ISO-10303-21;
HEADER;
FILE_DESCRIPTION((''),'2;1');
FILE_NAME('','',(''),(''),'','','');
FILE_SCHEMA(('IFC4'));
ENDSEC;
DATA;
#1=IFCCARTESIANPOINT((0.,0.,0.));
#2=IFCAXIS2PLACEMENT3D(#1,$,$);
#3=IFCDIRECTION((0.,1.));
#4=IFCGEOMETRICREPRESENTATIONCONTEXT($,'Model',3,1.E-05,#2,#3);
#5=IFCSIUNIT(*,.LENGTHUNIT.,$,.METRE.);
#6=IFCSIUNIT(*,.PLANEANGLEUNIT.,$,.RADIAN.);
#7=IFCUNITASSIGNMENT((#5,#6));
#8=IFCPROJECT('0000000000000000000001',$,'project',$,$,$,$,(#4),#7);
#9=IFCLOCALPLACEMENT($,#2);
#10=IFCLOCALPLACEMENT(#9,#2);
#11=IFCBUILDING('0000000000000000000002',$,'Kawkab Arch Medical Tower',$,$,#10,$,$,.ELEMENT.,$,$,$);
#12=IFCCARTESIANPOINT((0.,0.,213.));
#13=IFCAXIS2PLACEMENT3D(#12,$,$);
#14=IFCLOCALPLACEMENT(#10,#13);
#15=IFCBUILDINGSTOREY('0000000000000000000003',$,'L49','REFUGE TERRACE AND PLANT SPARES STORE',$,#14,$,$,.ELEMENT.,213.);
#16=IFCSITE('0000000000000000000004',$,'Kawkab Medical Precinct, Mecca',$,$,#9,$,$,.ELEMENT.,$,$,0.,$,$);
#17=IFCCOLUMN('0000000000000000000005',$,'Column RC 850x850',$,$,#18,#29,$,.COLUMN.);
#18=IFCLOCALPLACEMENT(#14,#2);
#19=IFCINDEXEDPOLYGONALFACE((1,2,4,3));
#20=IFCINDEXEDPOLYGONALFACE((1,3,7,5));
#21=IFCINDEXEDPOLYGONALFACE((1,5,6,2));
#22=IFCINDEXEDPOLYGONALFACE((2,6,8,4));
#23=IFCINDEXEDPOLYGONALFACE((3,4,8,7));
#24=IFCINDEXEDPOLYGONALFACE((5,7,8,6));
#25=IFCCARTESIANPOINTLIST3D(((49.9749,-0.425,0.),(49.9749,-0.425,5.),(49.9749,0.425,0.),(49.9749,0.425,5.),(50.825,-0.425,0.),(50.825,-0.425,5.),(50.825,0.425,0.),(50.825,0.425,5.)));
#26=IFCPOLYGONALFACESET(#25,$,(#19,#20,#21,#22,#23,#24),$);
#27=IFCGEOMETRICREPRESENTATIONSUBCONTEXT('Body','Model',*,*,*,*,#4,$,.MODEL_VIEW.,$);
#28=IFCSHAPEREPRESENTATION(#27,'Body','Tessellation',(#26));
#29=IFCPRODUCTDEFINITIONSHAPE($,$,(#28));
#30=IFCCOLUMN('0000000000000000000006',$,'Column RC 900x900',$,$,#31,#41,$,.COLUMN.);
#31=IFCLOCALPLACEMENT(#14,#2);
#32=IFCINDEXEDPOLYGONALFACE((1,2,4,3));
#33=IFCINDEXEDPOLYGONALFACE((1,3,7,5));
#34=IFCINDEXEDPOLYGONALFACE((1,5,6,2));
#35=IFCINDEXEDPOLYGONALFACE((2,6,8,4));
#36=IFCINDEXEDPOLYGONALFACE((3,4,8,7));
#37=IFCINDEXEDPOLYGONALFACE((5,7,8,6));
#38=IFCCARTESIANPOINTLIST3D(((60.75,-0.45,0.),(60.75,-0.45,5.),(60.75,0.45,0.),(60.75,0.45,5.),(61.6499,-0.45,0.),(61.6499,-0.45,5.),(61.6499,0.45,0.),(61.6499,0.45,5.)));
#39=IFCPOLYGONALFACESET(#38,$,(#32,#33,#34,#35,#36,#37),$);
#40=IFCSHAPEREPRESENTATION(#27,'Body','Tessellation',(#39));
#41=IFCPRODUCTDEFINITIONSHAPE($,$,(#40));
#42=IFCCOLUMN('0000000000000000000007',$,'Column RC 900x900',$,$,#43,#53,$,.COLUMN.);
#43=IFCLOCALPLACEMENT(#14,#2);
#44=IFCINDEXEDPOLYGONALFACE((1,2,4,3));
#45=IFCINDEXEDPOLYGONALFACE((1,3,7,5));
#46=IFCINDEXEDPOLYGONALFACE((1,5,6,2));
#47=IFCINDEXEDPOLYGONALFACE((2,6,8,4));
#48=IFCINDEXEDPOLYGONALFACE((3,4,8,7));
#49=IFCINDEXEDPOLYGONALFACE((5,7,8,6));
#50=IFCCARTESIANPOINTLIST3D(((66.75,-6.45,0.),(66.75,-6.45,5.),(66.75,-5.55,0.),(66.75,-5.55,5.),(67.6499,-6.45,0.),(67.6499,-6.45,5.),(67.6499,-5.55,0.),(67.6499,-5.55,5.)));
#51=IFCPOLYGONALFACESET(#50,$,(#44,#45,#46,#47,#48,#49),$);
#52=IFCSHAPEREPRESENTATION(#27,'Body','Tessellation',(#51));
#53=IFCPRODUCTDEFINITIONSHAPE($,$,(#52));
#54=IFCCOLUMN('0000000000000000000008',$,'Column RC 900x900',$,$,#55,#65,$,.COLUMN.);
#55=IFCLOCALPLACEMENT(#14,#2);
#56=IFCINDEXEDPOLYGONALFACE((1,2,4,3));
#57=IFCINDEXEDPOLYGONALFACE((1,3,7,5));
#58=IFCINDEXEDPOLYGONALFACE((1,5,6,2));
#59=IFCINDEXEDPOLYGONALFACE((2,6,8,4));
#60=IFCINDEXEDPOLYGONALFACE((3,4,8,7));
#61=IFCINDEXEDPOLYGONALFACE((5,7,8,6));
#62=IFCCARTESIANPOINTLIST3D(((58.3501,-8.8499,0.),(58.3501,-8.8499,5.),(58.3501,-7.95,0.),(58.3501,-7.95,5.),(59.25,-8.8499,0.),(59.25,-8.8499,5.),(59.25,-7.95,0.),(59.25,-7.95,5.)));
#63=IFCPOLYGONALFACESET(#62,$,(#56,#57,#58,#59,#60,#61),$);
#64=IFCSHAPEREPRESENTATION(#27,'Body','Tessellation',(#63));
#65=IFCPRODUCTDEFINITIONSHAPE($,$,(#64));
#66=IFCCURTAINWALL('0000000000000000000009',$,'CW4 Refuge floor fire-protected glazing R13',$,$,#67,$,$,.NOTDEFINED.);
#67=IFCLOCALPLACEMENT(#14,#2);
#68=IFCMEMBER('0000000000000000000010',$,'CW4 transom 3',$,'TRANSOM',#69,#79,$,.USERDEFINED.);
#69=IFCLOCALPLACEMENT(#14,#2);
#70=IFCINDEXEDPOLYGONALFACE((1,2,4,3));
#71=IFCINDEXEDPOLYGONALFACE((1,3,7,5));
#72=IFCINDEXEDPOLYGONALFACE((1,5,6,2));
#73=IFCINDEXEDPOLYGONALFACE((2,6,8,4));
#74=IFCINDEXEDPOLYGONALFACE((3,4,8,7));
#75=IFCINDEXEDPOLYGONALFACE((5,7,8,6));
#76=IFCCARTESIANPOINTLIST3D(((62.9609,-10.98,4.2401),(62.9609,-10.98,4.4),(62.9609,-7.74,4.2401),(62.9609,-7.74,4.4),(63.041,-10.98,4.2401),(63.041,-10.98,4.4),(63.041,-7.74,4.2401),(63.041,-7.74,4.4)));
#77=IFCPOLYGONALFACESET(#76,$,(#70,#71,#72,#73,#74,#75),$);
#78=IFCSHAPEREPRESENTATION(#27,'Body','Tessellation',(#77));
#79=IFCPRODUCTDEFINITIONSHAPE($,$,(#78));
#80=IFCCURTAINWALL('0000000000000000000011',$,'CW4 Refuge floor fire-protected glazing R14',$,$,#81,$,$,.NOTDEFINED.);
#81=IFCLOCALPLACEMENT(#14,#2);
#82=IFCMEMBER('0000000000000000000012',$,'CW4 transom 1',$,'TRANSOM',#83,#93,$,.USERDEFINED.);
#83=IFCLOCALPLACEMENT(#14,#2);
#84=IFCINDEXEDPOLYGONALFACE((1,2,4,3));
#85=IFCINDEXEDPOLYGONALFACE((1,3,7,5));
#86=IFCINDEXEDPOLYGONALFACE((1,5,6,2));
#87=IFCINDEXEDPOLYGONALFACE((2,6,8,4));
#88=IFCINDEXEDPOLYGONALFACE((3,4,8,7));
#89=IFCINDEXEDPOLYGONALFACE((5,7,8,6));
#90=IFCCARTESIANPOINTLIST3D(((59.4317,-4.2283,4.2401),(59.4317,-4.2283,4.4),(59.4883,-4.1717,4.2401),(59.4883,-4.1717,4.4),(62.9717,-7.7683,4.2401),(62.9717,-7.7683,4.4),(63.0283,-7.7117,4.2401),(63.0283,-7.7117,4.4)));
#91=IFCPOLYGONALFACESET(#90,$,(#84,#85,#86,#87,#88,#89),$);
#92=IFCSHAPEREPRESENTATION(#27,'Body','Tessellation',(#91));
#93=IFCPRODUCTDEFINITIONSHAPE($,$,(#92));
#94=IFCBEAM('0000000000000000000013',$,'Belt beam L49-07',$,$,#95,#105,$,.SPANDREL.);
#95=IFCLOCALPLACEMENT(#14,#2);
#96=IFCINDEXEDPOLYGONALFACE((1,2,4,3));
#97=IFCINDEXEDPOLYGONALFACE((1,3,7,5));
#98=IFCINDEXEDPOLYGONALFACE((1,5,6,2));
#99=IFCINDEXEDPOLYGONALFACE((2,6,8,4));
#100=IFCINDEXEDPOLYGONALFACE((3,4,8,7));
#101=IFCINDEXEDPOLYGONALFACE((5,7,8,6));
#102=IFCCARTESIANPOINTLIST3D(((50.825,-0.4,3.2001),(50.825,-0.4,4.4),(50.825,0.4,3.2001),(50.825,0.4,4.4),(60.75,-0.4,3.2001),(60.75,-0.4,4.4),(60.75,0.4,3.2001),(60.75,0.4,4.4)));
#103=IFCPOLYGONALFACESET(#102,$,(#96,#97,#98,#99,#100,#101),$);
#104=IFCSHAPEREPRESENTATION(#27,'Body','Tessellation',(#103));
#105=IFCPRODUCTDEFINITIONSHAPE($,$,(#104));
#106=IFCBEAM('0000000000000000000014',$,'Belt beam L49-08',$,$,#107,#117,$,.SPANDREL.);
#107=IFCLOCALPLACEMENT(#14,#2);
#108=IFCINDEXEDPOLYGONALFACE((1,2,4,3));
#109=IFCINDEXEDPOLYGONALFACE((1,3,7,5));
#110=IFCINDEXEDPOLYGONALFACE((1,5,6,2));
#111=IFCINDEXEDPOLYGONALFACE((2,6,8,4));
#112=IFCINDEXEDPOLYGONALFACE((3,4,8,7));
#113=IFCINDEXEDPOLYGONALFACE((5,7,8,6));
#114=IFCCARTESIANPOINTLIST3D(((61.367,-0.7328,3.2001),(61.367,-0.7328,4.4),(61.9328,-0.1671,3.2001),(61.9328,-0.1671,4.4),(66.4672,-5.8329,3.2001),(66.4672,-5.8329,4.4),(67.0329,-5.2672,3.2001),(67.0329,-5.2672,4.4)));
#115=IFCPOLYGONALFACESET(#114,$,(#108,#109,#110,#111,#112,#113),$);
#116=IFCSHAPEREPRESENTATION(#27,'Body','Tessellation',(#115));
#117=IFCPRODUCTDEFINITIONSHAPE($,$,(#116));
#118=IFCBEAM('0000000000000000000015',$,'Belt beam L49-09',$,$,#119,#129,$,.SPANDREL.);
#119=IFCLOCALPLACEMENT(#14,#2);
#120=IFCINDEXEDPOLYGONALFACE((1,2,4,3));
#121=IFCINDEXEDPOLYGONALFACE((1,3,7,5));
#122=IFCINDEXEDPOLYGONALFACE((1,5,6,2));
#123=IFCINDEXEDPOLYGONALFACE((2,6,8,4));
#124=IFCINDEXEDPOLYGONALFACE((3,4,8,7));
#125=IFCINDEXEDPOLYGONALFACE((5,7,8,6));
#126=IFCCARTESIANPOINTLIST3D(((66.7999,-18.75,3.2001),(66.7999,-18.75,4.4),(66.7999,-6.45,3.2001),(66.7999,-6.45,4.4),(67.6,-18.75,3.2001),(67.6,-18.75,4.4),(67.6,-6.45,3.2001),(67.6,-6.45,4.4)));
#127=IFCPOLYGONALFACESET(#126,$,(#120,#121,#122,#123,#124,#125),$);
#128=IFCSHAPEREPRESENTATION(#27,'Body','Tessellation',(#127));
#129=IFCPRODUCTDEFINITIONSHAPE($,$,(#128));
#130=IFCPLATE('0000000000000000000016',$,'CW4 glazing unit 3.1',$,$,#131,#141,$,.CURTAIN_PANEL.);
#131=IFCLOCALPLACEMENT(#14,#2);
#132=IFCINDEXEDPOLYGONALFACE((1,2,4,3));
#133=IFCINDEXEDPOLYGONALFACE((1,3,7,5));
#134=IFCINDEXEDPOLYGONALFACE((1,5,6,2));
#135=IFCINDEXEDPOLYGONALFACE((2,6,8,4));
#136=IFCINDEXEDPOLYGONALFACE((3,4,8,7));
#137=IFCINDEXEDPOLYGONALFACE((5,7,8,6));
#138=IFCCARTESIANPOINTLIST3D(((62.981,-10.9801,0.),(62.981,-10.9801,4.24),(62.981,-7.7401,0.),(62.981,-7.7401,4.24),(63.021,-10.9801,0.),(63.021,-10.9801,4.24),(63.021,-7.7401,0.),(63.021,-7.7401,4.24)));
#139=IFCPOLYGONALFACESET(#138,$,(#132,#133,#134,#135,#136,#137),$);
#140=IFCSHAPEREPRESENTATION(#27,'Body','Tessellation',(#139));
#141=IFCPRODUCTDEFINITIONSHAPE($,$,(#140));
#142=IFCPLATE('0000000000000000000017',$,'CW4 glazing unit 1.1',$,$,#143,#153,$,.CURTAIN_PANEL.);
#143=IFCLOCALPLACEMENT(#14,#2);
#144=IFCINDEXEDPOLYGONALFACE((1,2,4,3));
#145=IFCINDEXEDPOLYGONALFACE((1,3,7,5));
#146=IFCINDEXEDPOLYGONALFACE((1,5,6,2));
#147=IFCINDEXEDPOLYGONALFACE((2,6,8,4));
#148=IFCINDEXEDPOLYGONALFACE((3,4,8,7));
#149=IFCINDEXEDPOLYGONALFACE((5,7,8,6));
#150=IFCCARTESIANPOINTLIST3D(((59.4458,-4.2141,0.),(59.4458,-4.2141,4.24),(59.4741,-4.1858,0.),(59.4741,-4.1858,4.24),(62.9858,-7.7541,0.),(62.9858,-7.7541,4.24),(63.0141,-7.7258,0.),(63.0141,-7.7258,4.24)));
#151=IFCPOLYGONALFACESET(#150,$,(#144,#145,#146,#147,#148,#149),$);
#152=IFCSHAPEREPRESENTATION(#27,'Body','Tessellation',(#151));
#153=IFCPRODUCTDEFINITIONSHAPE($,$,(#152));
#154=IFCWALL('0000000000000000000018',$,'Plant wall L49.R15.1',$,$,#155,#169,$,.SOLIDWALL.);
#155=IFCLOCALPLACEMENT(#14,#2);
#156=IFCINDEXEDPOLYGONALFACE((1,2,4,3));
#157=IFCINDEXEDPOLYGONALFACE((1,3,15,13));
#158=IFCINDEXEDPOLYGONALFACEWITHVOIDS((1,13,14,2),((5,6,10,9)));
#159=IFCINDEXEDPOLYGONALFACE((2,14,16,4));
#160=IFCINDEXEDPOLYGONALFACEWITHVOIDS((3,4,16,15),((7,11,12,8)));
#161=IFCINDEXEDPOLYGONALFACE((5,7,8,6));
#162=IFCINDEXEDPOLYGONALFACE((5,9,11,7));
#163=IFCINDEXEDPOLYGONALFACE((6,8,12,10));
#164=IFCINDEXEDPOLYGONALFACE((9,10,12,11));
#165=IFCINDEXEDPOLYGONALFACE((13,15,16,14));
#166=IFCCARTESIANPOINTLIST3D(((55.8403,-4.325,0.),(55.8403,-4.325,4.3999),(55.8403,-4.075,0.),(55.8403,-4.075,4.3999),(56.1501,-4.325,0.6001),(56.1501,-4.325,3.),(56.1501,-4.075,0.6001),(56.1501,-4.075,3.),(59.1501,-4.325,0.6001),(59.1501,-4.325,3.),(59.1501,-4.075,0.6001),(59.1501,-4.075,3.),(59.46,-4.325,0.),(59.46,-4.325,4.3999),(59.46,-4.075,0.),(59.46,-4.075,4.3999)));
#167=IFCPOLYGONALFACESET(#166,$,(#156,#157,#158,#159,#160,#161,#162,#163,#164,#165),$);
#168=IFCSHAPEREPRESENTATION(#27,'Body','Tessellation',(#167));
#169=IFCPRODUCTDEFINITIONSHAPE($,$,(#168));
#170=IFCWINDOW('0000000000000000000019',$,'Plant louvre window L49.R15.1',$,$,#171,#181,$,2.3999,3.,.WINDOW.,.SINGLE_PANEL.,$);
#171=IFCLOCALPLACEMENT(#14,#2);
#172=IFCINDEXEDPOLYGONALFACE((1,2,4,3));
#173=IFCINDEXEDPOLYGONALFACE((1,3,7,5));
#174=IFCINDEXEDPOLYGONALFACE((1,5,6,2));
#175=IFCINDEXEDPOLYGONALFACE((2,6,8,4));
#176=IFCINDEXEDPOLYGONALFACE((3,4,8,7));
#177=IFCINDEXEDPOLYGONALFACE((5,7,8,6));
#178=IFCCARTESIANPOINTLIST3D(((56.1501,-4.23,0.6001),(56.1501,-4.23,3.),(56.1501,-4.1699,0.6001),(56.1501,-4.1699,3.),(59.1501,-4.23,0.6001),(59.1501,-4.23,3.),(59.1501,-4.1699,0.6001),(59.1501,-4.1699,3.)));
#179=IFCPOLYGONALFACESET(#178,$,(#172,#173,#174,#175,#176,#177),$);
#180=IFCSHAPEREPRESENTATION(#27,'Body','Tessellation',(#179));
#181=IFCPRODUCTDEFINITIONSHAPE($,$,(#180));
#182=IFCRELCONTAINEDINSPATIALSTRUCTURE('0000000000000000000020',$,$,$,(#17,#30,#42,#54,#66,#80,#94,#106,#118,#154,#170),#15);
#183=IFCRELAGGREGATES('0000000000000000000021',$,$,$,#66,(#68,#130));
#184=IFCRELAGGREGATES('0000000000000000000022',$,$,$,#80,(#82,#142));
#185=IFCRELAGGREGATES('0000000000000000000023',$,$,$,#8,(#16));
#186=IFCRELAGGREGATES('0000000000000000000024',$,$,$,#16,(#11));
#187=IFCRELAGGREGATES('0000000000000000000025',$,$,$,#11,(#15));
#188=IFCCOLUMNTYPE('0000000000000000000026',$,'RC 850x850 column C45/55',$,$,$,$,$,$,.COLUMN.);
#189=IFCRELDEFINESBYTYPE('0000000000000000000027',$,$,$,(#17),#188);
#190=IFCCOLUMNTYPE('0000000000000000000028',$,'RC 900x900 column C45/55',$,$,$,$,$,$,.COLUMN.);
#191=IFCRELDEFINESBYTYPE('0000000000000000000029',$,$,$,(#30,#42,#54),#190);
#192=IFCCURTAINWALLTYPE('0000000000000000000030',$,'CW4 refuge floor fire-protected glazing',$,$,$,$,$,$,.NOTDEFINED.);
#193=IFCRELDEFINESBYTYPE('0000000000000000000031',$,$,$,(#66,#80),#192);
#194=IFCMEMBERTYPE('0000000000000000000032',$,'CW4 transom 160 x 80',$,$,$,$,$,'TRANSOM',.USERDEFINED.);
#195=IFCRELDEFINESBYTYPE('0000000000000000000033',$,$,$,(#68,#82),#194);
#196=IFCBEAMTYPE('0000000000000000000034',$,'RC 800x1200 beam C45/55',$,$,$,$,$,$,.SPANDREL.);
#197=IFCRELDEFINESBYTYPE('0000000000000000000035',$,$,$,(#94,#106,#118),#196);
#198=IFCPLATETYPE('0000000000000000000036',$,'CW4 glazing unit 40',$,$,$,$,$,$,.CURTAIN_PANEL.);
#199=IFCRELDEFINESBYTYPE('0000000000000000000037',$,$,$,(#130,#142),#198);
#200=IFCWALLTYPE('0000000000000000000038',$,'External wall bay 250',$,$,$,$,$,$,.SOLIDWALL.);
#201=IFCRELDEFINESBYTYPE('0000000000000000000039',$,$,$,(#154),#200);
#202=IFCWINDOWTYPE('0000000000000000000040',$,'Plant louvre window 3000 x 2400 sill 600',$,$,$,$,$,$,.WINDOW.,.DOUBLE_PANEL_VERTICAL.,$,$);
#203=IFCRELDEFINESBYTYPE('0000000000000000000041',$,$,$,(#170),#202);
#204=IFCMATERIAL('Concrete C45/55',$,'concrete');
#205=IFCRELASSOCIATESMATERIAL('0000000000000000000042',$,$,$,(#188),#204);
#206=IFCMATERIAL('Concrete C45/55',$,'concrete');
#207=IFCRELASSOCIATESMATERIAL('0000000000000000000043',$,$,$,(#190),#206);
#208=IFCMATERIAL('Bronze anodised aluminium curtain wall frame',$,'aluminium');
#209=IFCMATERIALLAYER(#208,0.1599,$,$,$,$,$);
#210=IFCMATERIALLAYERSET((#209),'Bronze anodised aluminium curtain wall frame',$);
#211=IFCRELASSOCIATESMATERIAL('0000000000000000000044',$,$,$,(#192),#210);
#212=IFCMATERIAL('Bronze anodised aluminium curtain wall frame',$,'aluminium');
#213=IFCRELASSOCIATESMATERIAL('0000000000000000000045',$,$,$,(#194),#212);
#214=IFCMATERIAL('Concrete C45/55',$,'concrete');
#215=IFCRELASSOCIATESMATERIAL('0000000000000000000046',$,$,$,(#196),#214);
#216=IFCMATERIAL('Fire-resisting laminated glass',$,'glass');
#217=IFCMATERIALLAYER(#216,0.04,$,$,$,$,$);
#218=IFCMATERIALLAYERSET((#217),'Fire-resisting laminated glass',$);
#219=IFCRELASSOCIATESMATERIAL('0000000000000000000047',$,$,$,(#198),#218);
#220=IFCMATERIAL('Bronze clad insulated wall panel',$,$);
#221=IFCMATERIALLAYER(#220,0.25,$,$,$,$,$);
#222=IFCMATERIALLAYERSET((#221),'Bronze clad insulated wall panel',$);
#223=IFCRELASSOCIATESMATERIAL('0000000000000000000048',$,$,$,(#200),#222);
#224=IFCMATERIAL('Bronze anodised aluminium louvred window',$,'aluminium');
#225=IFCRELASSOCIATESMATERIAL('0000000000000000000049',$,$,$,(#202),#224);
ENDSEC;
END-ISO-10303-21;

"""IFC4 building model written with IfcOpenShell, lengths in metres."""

from ifc_helpers import new_model, si_unit, direction, frame, frame_2d, origin, origin_2d, place, context, subcontext, project, spatial, rectangle, extrude, material, layer, layer_set, material_profile, profile_set, type_object, element, fill, aggregate, save


model = new_model("IFC4")

# Units and contexts
model_context = context("Model", 3, precision=1e-05, world=origin(), true_north=direction((0.0, 1.0)))
body_context = subcontext(model_context, "Body", "Model", "MODEL_VIEW")
ifc_project = project(units=[si_unit("LENGTHUNIT", "METRE"), si_unit("PLANEANGLEUNIT", "RADIAN")], contexts=[model_context])

# Site, building, storey
site_placement = place(None, origin())
site = spatial("IfcSite", under=ifc_project, at=site_placement, Name="Kawkab Medical Precinct, Mecca", CompositionType="ELEMENT", RefElevation=0.0)
building_placement = place(site_placement, origin())
building = spatial("IfcBuilding", under=site, at=building_placement, Name="Kawkab Arch Medical Tower", CompositionType="ELEMENT")
storey_placement = place(building_placement, frame((0.0, 0.0, 213.0)))
storey = spatial("IfcBuildingStorey", under=building, at=storey_placement, Name="L49", Description="REFUGE TERRACE AND PLANT SPARES STORE", CompositionType="ELEMENT", Elevation=213.0)

# Columns
ifc_material_1 = material(Name="Concrete C45/55", Category="concrete")
ifc_material_profile_1 = material_profile(ifc_material_1, rectangle(XDim=0.8501, YDim=0.8501, at=origin_2d()), Name="RC 850x850")
ifc_profile_set_1 = profile_set([ifc_material_profile_1], Name="Concrete C45/55")
column_type_1 = type_object("IfcColumnType", Name="RC 850x850 column C45/55", PredefinedType="COLUMN", material=ifc_profile_set_1)
column_placement = place(storey_placement, frame((50.3999, 0.0, 0.0), z_axis=(0.0, 0.0, 1.0), x_axis=(1.0, 0.0, 0.0)))
element("IfcColumn", 1, at=column_placement, inside=storey, type_object=column_type_1, Name="Column RC 850x850", PredefinedType="COLUMN", context=body_context, shape_type="SweptSolid", body=[
    extrude(rectangle(XDim=0.8501, YDim=0.8501, at=origin_2d()), origin(), (0.0, 0.0, 1.0), 5.0),
])
ifc_material_2 = material(Name="Concrete C45/55", Category="concrete")
ifc_material_profile_2 = material_profile(ifc_material_2, rectangle(XDim=0.8999, YDim=0.8999, at=origin_2d()), Name="RC 900x900")
ifc_profile_set_2 = profile_set([ifc_material_profile_2], Name="Concrete C45/55")
column_type_2 = type_object("IfcColumnType", Name="RC 900x900 column C45/55", PredefinedType="COLUMN", material=ifc_profile_set_2)
for number, where, z_axis, x_axis, name in (
    (2, (61.2, 0.0, 0.0), (0.0, 0.0, 1.0), (1.0, 0.0, 0.0), "Column RC 900x900"),
    (3, (67.2, -6.0, 0.0), (0.0, 0.0, 1.0), (1.0, 0.0, 0.0), "Column RC 900x900"),
    (4, (58.8, -8.3999, 0.0), (0.0, 0.0, 1.0), (1.0, 0.0, 0.0), "Column RC 900x900"),
):
    element("IfcColumn", number, at=place(storey_placement, frame(where, z_axis=z_axis, x_axis=x_axis)), inside=storey, type_object=column_type_2, Name=name, PredefinedType="COLUMN", context=body_context, shape_type="SweptSolid", body=[
        extrude(rectangle(XDim=0.8999, YDim=0.8999, at=origin_2d()), origin(), (0.0, 0.0, 1.0), 5.0),
    ])

# Curtain walls, members
ifc_material_3 = material(Name="Bronze anodised aluminium curtain wall frame", Category="aluminium")
ifc_layer_1 = layer(ifc_material_3, 0.1599)
ifc_layer_set_1 = layer_set([ifc_layer_1], Name="Bronze anodised aluminium curtain wall frame")
curtain_wall_type = type_object("IfcCurtainWallType", Name="CW4 refuge floor fire-protected glazing", PredefinedType="NOTDEFINED", material=ifc_layer_set_1)
placement = place(storey_placement, origin())
curtain_wall_1 = element("IfcCurtainWall", 5, at=placement, inside=storey, type_object=curtain_wall_type, Name="CW4 Refuge floor fire-protected glazing R13", PredefinedType="NOTDEFINED")
ifc_material_4 = material(Name="Bronze anodised aluminium curtain wall frame", Category="aluminium")
ifc_material_profile_3 = material_profile(ifc_material_4, rectangle(XDim=0.0801, YDim=0.1599, at=origin_2d()), Name="AL 80x160")
ifc_profile_set_3 = profile_set([ifc_material_profile_3], Name="Bronze anodised aluminium curtain wall frame")
member_type = type_object("IfcMemberType", Name="CW4 transom 160 x 80", ElementType="TRANSOM", PredefinedType="USERDEFINED", material=ifc_profile_set_3)
member_1_placement = place(storey_placement, frame((63.001, -10.98, 4.3201), z_axis=(0.0, 1.0, 0.0), x_axis=(-1.0, 0.0, 0.0)))
member_1 = element("IfcMember", 6, at=member_1_placement, type_object=member_type, Name="CW4 transom 3", ObjectType="TRANSOM", PredefinedType="USERDEFINED", context=body_context, shape_type="SweptSolid", body=[
    extrude(rectangle(XDim=0.0801, YDim=0.1599, at=origin_2d()), origin(), (0.0, 0.0, 1.0), 3.24),
])
curtain_wall_2 = element("IfcCurtainWall", 7, at=placement, inside=storey, type_object=curtain_wall_type, Name="CW4 Refuge floor fire-protected glazing R14", PredefinedType="NOTDEFINED")
member_2_placement = place(storey_placement, frame((63.0, -7.74, 4.3201), z_axis=(-0.707107, 0.707107, 0.0), x_axis=(-0.707107, -0.707107, 0.0)))
member_2 = element("IfcMember", 8, at=member_2_placement, type_object=member_type, Name="CW4 transom 1", ObjectType="TRANSOM", PredefinedType="USERDEFINED", context=body_context, shape_type="SweptSolid", body=[
    extrude(rectangle(XDim=0.0801, YDim=0.1599, at=origin_2d()), origin(), (0.0, 0.0, 1.0), 5.0063),
])

# Beams
ifc_material_5 = material(Name="Concrete C45/55", Category="concrete")
ifc_material_profile_4 = material_profile(ifc_material_5, rectangle(XDim=0.8, YDim=1.2, at=origin_2d()), Name="RC 800x1200")
ifc_profile_set_4 = profile_set([ifc_material_profile_4], Name="Concrete C45/55")
beam_type = type_object("IfcBeamType", Name="RC 800x1200 beam C45/55", PredefinedType="SPANDREL", material=ifc_profile_set_4)
beam_1_placement = place(storey_placement, frame((50.825, 0.0, 3.8), z_axis=(1.0, 0.0, 0.0), x_axis=(0.0, 1.0, 0.0)))
element("IfcBeam", 9, at=beam_1_placement, inside=storey, type_object=beam_type, Name="Belt beam L49-07", PredefinedType="SPANDREL", context=body_context, shape_type="SweptSolid", body=[
    extrude(rectangle(XDim=0.8, YDim=1.2, at=origin_2d()), origin(), (0.0, 0.0, 1.0), 9.925),
])
beam_2_placement = place(storey_placement, frame((61.6499, -0.45, 3.8), z_axis=(0.707107, -0.707107, 0.0), x_axis=(0.707107, 0.707107, 0.0)))
element("IfcBeam", 10, at=beam_2_placement, inside=storey, type_object=beam_type, Name="Belt beam L49-08", PredefinedType="SPANDREL", context=body_context, shape_type="SweptSolid", body=[
    extrude(rectangle(XDim=0.8, YDim=1.2, at=origin_2d()), origin(), (0.0, 0.0, 1.0), 7.2126),
])
beam_3_placement = place(storey_placement, frame((67.2, -6.45, 3.8), z_axis=(0.0, -1.0, 0.0), x_axis=(1.0, 0.0, 0.0)))
element("IfcBeam", 11, at=beam_3_placement, inside=storey, type_object=beam_type, Name="Belt beam L49-09", PredefinedType="SPANDREL", context=body_context, shape_type="SweptSolid", body=[
    extrude(rectangle(XDim=0.8, YDim=1.2, at=origin_2d()), origin(), (0.0, 0.0, 1.0), 12.3),
])

# Plates
ifc_material_6 = material(Name="Fire-resisting laminated glass", Category="glass")
ifc_layer_2 = layer(ifc_material_6, 0.04)
ifc_layer_set_2 = layer_set([ifc_layer_2], Name="Fire-resisting laminated glass")
plate_type = type_object("IfcPlateType", Name="CW4 glazing unit 40", PredefinedType="CURTAIN_PANEL", material=ifc_layer_set_2)
plate_1_placement = place(storey_placement, frame((63.001, -9.3601, 0.0), z_axis=(0.0, 0.0, 1.0), x_axis=(0.0, 1.0, 0.0)))
plate_1 = element("IfcPlate", 12, at=plate_1_placement, type_object=plate_type, Name="CW4 glazing unit 3.1", PredefinedType="CURTAIN_PANEL", context=body_context, shape_type="SweptSolid", body=[
    extrude(rectangle(XDim=3.24, YDim=0.04, at=origin_2d()), origin(), (0.0, 0.0, 1.0), 4.24),
])
aggregate(curtain_wall_1, [member_1, plate_1])
plate_2_placement = place(storey_placement, frame((61.23, -5.97, 0.0), z_axis=(0.0, 0.0, 1.0), x_axis=(-0.707107, 0.707107, 0.0)))
plate_2 = element("IfcPlate", 13, at=plate_2_placement, type_object=plate_type, Name="CW4 glazing unit 1.1", PredefinedType="CURTAIN_PANEL", context=body_context, shape_type="SweptSolid", body=[
    extrude(rectangle(XDim=5.0063, YDim=0.04, at=origin_2d()), origin(), (0.0, 0.0, 1.0), 4.24),
])
aggregate(curtain_wall_2, [member_2, plate_2])

# Wall, opening, window
ifc_material_7 = material(Name="Bronze clad insulated wall panel")
ifc_layer_3 = layer(ifc_material_7, 0.25)
ifc_layer_set_3 = layer_set([ifc_layer_3], Name="Bronze clad insulated wall panel")
wall_type_1 = type_object("IfcWallType", Name="External wall bay 250", PredefinedType="SOLIDWALL", material=ifc_layer_set_3)
wall_1_placement = place(storey_placement, frame((59.46, -4.2, 0.0), z_axis=(0.0, 0.0, 1.0), x_axis=(-1.0, 0.0, 0.0)))
wall_1 = element("IfcWall", 14, at=wall_1_placement, inside=storey, type_object=wall_type_1, Name="Plant wall L49.R15.1", PredefinedType="SOLIDWALL", context=body_context, shape_type="SweptSolid", body=[
    extrude(rectangle(XDim=3.6196, YDim=0.25, at=frame_2d((1.8098, 0.0))), origin(), (0.0, 0.0, 1.0), 4.3999),
])
opening_1_placement = place(wall_1_placement, frame((0.3098, 0.0, 0.6001)))
opening_1 = element("IfcOpeningElement", 15, at=opening_1_placement, cuts=wall_1, PredefinedType="OPENING", context=body_context, shape_type="SweptSolid", body=[
    extrude(rectangle(XDim=3.0, YDim=2.3999, at=frame_2d((1.5, 1.2))), frame((0.0, 0.135, 0.0), z_axis=(0.0, -1.0, 0.0), x_axis=(1.0, 0.0, 0.0)), (0.0, 0.0, 1.0), 0.27),
])
ifc_material_8 = material(Name="Bronze anodised aluminium louvred window", Category="aluminium")
window_type = type_object("IfcWindowType", Name="Plant louvre window 3000 x 2400 sill 600", PartitioningType="DOUBLE_PANEL_VERTICAL", PredefinedType="WINDOW", material=ifc_material_8)
window_placement = place(opening_1_placement, origin())
window = element("IfcWindow", 16, at=window_placement, inside=storey, type_object=window_type, Name="Plant louvre window L49.R15.1", OverallHeight=2.3999, OverallWidth=3.0, PartitioningType="SINGLE_PANEL", PredefinedType="WINDOW", context=body_context, shape_type="SweptSolid", body=[
    extrude(rectangle(XDim=3.0, YDim=2.3999, at=frame_2d((1.5, 1.2))), frame((0.0, 0.03, 0.0), z_axis=(0.0, -1.0, 0.0), x_axis=(1.0, 0.0, 0.0)), (0.0, 0.0, 1.0), 0.0601),
])
fill(opening_1, window)

save(model, "model.ifc")
